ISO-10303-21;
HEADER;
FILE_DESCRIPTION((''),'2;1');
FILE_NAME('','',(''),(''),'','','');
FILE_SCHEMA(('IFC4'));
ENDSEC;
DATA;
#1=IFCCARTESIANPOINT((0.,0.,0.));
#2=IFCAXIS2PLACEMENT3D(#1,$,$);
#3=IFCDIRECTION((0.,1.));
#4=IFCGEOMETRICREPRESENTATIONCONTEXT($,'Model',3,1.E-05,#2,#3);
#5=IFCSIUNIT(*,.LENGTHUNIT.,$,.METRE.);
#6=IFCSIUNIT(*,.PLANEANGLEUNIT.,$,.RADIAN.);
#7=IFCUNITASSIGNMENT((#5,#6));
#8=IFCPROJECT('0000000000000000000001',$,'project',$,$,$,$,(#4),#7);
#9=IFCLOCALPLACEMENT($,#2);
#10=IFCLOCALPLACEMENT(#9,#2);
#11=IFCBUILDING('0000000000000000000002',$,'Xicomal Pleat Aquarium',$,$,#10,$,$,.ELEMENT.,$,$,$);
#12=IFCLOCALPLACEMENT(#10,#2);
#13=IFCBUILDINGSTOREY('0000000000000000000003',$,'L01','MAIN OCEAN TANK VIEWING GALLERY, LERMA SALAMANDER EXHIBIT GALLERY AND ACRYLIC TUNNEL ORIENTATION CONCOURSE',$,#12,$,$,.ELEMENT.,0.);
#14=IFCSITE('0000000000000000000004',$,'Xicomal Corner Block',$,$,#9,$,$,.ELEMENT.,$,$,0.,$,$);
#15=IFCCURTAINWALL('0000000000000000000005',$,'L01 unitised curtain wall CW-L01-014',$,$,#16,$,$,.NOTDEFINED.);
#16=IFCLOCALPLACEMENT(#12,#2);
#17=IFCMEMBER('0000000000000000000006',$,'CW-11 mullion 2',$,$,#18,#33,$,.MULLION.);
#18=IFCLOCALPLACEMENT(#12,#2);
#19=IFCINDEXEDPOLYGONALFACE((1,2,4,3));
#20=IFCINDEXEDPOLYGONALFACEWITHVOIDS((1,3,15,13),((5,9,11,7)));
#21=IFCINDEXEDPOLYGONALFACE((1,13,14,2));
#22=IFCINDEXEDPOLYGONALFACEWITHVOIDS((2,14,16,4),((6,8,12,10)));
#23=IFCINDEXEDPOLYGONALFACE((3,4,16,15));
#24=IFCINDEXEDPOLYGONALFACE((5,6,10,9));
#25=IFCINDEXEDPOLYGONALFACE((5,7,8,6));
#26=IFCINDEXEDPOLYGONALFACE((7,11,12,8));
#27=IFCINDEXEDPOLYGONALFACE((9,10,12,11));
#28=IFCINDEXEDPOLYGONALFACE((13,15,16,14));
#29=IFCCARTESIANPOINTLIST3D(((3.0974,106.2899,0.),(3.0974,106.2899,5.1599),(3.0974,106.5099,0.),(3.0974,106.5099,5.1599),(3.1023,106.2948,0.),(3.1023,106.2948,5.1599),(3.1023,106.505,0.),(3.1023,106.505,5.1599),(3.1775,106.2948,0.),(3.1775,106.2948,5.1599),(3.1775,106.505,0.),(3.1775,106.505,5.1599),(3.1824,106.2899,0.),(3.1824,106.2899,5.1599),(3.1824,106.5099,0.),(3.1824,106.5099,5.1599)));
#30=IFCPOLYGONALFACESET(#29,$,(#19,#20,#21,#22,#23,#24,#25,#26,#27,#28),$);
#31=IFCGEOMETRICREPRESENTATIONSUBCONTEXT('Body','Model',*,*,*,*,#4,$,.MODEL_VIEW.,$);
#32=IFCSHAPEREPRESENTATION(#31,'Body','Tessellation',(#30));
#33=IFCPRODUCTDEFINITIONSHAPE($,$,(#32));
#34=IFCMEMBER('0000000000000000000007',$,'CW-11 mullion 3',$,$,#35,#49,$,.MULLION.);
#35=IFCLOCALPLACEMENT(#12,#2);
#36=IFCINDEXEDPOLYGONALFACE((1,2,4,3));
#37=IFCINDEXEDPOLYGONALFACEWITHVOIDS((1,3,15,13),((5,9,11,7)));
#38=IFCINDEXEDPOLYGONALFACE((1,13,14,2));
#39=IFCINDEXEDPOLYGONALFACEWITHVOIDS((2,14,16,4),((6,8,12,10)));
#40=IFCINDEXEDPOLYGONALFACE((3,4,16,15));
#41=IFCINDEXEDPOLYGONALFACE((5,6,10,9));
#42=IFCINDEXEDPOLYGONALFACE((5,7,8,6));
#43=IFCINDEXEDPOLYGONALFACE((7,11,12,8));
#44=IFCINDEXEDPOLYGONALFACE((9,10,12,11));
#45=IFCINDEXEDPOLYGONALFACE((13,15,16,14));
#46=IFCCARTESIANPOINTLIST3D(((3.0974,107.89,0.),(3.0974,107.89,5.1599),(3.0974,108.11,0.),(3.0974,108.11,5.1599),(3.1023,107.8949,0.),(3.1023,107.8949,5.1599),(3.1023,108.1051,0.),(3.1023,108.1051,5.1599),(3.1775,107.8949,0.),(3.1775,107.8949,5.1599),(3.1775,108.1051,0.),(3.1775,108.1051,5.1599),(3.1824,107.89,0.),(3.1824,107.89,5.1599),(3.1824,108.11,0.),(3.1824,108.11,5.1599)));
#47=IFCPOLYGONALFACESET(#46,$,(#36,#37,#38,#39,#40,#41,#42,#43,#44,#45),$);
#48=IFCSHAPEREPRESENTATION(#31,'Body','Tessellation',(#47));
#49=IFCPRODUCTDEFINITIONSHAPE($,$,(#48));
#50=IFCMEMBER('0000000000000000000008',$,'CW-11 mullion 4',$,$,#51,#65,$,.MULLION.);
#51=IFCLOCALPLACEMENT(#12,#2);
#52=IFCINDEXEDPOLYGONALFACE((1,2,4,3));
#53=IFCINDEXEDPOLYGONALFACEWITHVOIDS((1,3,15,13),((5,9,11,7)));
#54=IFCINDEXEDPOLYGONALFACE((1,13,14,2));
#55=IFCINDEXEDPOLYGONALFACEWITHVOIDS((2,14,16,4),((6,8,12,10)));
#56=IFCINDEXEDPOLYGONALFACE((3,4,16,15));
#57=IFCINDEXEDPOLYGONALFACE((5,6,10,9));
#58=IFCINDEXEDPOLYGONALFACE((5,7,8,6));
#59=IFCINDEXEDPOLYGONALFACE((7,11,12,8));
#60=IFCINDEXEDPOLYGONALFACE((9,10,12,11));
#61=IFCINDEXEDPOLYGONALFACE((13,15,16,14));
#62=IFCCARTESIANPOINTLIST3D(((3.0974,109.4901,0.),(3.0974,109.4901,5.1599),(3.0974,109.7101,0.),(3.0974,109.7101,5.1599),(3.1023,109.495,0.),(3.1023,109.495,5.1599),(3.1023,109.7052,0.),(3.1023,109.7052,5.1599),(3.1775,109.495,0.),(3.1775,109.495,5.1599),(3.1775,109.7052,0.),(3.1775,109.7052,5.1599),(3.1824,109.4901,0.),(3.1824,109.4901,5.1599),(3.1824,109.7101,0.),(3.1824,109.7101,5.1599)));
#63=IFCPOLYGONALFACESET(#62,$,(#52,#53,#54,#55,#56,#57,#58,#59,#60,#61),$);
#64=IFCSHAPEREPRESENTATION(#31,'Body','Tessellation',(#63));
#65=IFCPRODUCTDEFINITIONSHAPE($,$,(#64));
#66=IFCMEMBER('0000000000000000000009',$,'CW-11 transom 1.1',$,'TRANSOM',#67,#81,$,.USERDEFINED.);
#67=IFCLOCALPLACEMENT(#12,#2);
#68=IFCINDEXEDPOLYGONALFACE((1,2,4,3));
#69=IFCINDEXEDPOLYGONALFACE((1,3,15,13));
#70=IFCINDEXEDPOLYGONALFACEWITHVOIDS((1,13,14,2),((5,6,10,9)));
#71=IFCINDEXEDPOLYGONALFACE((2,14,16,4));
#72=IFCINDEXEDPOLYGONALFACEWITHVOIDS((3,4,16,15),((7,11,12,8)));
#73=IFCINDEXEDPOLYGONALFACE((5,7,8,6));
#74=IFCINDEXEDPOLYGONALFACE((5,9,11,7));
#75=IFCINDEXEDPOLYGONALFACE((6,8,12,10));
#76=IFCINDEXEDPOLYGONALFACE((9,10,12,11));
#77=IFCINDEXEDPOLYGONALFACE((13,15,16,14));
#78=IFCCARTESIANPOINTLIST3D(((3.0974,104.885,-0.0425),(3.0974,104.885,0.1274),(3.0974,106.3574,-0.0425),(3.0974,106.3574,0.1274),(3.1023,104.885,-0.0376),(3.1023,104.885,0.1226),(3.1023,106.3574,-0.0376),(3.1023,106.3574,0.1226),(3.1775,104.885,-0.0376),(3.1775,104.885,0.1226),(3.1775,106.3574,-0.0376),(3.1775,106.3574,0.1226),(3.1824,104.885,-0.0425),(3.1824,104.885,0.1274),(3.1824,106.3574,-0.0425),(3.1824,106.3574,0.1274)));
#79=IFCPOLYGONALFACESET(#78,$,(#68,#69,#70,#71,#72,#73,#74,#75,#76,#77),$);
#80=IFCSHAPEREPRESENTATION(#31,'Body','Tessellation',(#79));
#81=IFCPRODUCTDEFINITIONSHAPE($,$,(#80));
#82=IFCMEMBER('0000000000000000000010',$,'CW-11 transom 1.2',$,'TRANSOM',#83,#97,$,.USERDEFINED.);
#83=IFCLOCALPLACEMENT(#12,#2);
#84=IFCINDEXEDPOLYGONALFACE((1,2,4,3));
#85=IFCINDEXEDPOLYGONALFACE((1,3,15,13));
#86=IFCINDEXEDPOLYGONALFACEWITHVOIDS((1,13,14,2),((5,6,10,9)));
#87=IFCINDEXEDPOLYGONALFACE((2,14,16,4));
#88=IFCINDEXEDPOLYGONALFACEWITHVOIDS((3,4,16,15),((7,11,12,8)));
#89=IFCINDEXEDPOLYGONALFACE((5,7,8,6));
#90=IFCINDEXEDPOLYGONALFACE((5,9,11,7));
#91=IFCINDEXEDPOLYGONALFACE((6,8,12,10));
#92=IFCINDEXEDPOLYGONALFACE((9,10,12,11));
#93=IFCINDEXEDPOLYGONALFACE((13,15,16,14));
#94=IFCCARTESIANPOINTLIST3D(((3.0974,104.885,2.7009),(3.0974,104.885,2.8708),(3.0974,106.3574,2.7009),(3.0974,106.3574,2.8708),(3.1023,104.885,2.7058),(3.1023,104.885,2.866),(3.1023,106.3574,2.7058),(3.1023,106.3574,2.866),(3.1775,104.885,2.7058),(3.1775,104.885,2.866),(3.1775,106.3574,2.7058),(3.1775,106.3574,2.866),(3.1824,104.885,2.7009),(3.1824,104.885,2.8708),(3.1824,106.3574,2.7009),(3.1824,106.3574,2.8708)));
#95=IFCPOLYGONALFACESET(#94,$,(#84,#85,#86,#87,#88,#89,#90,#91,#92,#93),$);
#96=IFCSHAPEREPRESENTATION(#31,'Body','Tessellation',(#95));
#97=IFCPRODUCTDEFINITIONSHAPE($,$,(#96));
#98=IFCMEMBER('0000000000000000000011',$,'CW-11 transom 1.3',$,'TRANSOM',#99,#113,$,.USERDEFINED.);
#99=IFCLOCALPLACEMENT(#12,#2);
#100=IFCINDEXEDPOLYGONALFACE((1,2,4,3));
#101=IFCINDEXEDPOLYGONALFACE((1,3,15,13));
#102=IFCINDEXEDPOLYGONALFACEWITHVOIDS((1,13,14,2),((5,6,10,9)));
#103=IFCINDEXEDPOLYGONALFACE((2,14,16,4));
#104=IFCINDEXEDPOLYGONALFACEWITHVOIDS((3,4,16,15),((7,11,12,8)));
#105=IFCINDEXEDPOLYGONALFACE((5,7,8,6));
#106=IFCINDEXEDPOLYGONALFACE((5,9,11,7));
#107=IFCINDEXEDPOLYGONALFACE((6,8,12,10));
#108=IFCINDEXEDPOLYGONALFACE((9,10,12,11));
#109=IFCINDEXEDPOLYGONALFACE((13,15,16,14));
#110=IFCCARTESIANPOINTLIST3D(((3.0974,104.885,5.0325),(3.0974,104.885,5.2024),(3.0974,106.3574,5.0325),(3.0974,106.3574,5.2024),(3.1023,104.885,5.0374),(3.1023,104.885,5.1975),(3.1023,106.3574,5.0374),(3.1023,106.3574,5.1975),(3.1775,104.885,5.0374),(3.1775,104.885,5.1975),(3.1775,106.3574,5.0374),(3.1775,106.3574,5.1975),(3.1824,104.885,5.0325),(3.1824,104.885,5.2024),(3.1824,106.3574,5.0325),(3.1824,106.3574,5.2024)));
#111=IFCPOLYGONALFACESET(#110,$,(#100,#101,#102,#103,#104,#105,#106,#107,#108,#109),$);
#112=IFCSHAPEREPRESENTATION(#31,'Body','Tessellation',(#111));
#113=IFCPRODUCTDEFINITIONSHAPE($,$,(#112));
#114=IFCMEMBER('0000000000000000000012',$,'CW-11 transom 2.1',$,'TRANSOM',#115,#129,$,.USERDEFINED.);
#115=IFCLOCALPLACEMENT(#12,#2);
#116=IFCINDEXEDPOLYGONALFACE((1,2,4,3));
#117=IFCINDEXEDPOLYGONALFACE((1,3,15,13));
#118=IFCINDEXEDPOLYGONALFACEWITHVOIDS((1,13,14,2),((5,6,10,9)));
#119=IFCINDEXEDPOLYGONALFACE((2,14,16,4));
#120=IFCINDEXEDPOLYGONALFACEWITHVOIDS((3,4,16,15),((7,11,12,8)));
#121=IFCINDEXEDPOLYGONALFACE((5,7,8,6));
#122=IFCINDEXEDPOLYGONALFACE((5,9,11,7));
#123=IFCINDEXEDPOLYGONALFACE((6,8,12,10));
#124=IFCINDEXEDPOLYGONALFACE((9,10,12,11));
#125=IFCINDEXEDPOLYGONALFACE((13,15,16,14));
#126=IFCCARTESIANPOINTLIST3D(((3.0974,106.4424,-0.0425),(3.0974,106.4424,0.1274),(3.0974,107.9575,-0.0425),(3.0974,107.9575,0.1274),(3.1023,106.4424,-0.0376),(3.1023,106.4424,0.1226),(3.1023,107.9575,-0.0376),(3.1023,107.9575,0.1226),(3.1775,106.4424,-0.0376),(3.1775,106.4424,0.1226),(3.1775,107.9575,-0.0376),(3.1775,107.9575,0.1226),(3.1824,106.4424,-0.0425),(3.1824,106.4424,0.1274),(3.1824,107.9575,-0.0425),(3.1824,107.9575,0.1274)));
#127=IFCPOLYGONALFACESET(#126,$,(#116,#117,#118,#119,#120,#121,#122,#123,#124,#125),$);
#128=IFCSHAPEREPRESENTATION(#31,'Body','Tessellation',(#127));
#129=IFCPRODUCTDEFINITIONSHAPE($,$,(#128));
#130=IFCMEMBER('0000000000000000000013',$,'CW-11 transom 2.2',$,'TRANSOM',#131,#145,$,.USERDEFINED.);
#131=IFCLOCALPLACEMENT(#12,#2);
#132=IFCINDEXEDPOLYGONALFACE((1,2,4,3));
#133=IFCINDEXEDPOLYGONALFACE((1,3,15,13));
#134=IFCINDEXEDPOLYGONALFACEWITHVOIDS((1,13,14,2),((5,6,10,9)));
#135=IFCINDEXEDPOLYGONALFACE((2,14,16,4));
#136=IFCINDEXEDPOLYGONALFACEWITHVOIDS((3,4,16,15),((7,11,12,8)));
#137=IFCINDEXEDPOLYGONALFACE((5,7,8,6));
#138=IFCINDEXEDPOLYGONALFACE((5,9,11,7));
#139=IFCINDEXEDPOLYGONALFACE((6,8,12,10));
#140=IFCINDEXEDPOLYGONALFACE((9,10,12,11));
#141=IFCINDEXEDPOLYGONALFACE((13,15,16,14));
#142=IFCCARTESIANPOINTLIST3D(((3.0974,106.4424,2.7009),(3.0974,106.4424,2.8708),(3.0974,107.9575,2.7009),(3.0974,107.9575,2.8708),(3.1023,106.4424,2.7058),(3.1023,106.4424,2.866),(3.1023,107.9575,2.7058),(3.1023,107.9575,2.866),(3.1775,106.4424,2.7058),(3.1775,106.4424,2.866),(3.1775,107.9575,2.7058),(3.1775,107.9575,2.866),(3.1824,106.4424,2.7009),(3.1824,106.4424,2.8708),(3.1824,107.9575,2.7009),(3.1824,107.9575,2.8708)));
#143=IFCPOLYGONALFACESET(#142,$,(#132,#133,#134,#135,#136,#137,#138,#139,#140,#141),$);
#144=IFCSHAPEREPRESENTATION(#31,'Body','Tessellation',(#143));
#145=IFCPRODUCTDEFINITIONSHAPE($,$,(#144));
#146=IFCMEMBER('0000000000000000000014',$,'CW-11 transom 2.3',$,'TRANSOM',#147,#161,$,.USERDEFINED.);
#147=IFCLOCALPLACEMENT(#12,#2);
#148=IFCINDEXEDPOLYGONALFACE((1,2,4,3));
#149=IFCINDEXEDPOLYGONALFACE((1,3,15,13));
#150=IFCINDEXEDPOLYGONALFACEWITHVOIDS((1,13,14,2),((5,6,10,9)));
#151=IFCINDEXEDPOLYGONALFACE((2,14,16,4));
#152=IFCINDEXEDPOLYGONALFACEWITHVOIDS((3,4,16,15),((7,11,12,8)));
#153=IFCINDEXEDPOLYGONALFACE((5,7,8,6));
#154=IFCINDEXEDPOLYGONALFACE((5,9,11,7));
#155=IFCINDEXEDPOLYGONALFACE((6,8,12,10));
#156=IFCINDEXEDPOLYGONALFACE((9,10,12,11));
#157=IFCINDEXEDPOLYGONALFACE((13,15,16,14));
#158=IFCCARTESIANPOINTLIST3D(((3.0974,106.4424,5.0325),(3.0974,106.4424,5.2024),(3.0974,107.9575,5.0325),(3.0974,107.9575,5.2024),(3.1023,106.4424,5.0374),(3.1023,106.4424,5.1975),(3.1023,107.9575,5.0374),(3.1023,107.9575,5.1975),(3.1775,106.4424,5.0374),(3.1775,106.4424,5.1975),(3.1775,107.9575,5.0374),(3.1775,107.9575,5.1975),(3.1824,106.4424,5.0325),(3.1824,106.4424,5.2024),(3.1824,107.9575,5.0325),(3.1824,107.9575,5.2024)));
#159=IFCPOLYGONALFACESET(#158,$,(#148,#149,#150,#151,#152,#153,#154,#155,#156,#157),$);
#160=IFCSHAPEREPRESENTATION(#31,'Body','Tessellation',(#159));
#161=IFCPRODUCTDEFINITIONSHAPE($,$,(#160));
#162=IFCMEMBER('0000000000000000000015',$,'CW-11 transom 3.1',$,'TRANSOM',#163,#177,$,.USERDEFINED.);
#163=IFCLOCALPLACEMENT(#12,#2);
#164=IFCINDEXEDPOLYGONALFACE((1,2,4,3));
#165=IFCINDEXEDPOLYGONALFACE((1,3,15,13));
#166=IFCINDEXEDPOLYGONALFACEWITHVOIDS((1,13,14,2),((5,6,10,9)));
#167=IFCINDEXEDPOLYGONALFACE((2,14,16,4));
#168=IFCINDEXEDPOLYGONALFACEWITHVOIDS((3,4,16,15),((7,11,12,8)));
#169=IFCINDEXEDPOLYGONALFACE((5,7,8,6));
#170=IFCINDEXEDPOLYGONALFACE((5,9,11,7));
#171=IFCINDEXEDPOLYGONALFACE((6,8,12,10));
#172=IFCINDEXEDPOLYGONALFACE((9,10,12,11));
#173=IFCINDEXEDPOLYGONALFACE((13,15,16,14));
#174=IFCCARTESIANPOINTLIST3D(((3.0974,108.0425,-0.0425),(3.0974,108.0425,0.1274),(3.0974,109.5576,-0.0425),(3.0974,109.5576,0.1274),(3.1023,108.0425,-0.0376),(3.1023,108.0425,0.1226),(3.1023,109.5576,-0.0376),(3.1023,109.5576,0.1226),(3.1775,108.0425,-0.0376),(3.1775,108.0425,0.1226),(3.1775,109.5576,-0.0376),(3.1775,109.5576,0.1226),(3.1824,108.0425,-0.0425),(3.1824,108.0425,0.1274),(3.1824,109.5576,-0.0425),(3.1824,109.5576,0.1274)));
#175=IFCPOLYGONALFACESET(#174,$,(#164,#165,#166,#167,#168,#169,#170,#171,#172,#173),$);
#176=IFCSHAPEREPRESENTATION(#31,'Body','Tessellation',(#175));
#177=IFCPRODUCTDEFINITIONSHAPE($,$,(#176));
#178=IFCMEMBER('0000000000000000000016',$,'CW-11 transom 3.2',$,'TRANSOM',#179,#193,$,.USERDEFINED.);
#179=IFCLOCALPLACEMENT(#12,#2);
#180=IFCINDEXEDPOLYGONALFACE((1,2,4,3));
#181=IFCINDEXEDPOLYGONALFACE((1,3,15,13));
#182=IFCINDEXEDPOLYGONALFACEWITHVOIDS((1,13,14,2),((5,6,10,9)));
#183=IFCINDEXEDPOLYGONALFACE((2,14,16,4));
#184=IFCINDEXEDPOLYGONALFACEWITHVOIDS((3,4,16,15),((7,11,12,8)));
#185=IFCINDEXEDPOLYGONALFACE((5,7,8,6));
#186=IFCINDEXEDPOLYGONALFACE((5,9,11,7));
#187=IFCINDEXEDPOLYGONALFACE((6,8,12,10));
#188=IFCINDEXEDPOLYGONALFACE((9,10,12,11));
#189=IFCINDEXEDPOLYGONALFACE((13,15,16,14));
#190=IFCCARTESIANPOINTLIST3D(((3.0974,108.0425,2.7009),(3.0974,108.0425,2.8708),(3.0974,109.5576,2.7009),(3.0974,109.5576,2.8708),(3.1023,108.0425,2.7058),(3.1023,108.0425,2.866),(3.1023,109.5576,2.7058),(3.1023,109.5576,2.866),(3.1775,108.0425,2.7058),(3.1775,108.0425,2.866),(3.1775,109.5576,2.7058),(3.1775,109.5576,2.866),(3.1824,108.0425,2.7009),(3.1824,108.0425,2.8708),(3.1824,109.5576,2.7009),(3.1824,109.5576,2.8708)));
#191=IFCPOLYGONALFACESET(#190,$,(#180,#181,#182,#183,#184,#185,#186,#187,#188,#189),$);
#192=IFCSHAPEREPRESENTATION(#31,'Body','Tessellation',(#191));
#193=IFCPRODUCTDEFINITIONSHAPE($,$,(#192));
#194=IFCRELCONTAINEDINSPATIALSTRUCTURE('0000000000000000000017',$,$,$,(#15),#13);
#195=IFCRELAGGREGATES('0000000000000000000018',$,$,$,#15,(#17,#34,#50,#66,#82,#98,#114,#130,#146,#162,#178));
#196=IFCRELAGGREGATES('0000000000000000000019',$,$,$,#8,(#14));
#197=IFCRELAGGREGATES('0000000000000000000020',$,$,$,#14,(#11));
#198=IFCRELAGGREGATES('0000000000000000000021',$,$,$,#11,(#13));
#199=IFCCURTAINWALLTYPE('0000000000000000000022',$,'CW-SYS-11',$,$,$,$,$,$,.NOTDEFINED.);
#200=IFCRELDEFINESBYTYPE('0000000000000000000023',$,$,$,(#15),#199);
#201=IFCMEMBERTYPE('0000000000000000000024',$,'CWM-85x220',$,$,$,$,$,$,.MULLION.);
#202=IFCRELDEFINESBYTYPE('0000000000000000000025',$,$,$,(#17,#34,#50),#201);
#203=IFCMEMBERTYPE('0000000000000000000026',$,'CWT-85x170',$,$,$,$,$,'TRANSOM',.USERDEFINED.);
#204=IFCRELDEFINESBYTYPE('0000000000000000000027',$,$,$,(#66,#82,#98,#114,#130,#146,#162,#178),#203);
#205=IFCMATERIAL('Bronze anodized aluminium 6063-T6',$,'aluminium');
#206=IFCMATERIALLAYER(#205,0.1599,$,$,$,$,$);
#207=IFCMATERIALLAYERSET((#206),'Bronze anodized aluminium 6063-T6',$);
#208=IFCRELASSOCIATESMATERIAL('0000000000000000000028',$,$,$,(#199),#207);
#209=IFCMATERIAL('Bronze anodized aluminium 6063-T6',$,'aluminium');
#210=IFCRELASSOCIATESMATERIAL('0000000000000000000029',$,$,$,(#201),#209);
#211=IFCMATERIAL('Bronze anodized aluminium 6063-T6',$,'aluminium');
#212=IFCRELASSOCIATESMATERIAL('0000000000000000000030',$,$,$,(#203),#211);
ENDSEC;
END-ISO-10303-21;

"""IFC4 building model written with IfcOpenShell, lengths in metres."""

from ifc_helpers import new_model, si_unit, direction, frame, origin, origin_2d, place, context, subcontext, project, spatial, hollow_rectangle, extrude, material, layer, layer_set, material_profile, profile_set, type_object, element, aggregate, save


model = new_model("IFC4")

# Units and contexts
model_context = context("Model", 3, precision=1e-05, world=origin(), true_north=direction((0.0, 1.0)))
body_context = subcontext(model_context, "Body", "Model", "MODEL_VIEW")
ifc_project = project(units=[si_unit("LENGTHUNIT", "METRE"), si_unit("PLANEANGLEUNIT", "RADIAN")], contexts=[model_context])

# Site, building, storey
site_placement = place(None, origin())
site = spatial("IfcSite", under=ifc_project, at=site_placement, Name="Xicomal Corner Block", CompositionType="ELEMENT", RefElevation=0.0)
building_placement = place(site_placement, origin())
building = spatial("IfcBuilding", under=site, at=building_placement, Name="Xicomal Pleat Aquarium", CompositionType="ELEMENT")
storey_placement = place(building_placement, origin())
storey = spatial("IfcBuildingStorey", under=building, at=storey_placement, Name="L01", Description="MAIN OCEAN TANK VIEWING GALLERY, LERMA SALAMANDER EXHIBIT GALLERY AND ACRYLIC TUNNEL ORIENTATION CONCOURSE", CompositionType="ELEMENT", Elevation=0.0)

# Curtain wall, members
ifc_material_1 = material(Name="Bronze anodized aluminium 6063-T6", Category="aluminium")
ifc_layer_1 = layer(ifc_material_1, 0.1599)
ifc_layer_set_1 = layer_set([ifc_layer_1], Name="Bronze anodized aluminium 6063-T6")
curtain_wall_type = type_object("IfcCurtainWallType", Name="CW-SYS-11", PredefinedType="NOTDEFINED", material=ifc_layer_set_1)
curtain_wall_placement = place(storey_placement, origin())
curtain_wall = element("IfcCurtainWall", 1, at=curtain_wall_placement, inside=storey, type_object=curtain_wall_type, Name="L01 unitised curtain wall CW-L01-014", PredefinedType="NOTDEFINED")
ifc_material_2 = material(Name="Bronze anodized aluminium 6063-T6", Category="aluminium")
ifc_material_profile_1 = material_profile(ifc_material_2, hollow_rectangle(XDim=0.085, YDim=0.22, WallThickness=0.0049, at=origin_2d()), Name="ALU MULL 85x220")
ifc_profile_set_1 = profile_set([ifc_material_profile_1], Name="Bronze anodized aluminium 6063-T6")
member_type_1 = type_object("IfcMemberType", Name="CWM-85x220", PredefinedType="MULLION", material=ifc_profile_set_1)
member_1_placement = place(storey_placement, frame((3.1399, 106.3999, 0.0), z_axis=(0.0, 0.0, 1.0), x_axis=(-1.0, 0.0, 0.0)))
member_1 = element("IfcMember", 2, at=member_1_placement, type_object=member_type_1, Name="CW-11 mullion 2", PredefinedType="MULLION", context=body_context, shape_type="SweptSolid", body=[
    extrude(hollow_rectangle(XDim=0.085, YDim=0.22, WallThickness=0.0049, at=origin_2d()), origin(), (0.0, 0.0, 1.0), 5.1599),
])
member_2_placement = place(storey_placement, frame((3.1399, 108.0, 0.0), z_axis=(0.0, 0.0, 1.0), x_axis=(-1.0, 0.0, 0.0)))
member_2 = element("IfcMember", 3, at=member_2_placement, type_object=member_type_1, Name="CW-11 mullion 3", PredefinedType="MULLION", context=body_context, shape_type="SweptSolid", body=[
    extrude(hollow_rectangle(XDim=0.085, YDim=0.22, WallThickness=0.0049, at=origin_2d()), origin(), (0.0, 0.0, 1.0), 5.1599),
])
member_3_placement = place(storey_placement, frame((3.1399, 109.6001, 0.0), z_axis=(0.0, 0.0, 1.0), x_axis=(-1.0, 0.0, 0.0)))
member_3 = element("IfcMember", 4, at=member_3_placement, type_object=member_type_1, Name="CW-11 mullion 4", PredefinedType="MULLION", context=body_context, shape_type="SweptSolid", body=[
    extrude(hollow_rectangle(XDim=0.085, YDim=0.22, WallThickness=0.0049, at=origin_2d()), origin(), (0.0, 0.0, 1.0), 5.1599),
])
ifc_material_3 = material(Name="Bronze anodized aluminium 6063-T6", Category="aluminium")
ifc_material_profile_2 = material_profile(ifc_material_3, hollow_rectangle(XDim=0.085, YDim=0.1699, WallThickness=0.0049, at=origin_2d()), Name="ALU TRAN 85x170")
ifc_profile_set_2 = profile_set([ifc_material_profile_2], Name="Bronze anodized aluminium 6063-T6")
member_type_2 = type_object("IfcMemberType", Name="CWT-85x170", ElementType="TRANSOM", PredefinedType="USERDEFINED", material=ifc_profile_set_2)
member_4_placement = place(storey_placement, frame((3.1399, 104.885, 0.0425), z_axis=(0.0, 1.0, 0.0), x_axis=(-1.0, 0.0, 0.0)))
member_4 = element("IfcMember", 5, at=member_4_placement, type_object=member_type_2, Name="CW-11 transom 1.1", ObjectType="TRANSOM", PredefinedType="USERDEFINED", context=body_context, shape_type="SweptSolid", body=[
    extrude(hollow_rectangle(XDim=0.085, YDim=0.1699, WallThickness=0.0049, at=origin_2d()), origin(), (0.0, 0.0, 1.0), 1.4724),
])
member_5_placement = place(storey_placement, frame((3.1399, 104.885, 2.7859), z_axis=(0.0, 1.0, 0.0), x_axis=(-1.0, 0.0, 0.0)))
member_5 = element("IfcMember", 6, at=member_5_placement, type_object=member_type_2, Name="CW-11 transom 1.2", ObjectType="TRANSOM", PredefinedType="USERDEFINED", context=body_context, shape_type="SweptSolid", body=[
    extrude(hollow_rectangle(XDim=0.085, YDim=0.1699, WallThickness=0.0049, at=origin_2d()), origin(), (0.0, 0.0, 1.0), 1.4724),
])
member_6_placement = place(storey_placement, frame((3.1399, 104.885, 5.1174), z_axis=(0.0, 1.0, 0.0), x_axis=(-1.0, 0.0, 0.0)))
member_6 = element("IfcMember", 7, at=member_6_placement, type_object=member_type_2, Name="CW-11 transom 1.3", ObjectType="TRANSOM", PredefinedType="USERDEFINED", context=body_context, shape_type="SweptSolid", body=[
    extrude(hollow_rectangle(XDim=0.085, YDim=0.1699, WallThickness=0.0049, at=origin_2d()), origin(), (0.0, 0.0, 1.0), 1.4724),
])
member_7_placement = place(storey_placement, frame((3.1399, 106.4424, 0.0425), z_axis=(0.0, 1.0, 0.0), x_axis=(-1.0, 0.0, 0.0)))
member_7 = element("IfcMember", 8, at=member_7_placement, type_object=member_type_2, Name="CW-11 transom 2.1", ObjectType="TRANSOM", PredefinedType="USERDEFINED", context=body_context, shape_type="SweptSolid", body=[
    extrude(hollow_rectangle(XDim=0.085, YDim=0.1699, WallThickness=0.0049, at=origin_2d()), origin(), (0.0, 0.0, 1.0), 1.5151),
])
member_8_placement = place(storey_placement, frame((3.1399, 106.4424, 2.7859), z_axis=(0.0, 1.0, 0.0), x_axis=(-1.0, 0.0, 0.0)))
member_8 = element("IfcMember", 9, at=member_8_placement, type_object=member_type_2, Name="CW-11 transom 2.2", ObjectType="TRANSOM", PredefinedType="USERDEFINED", context=body_context, shape_type="SweptSolid", body=[
    extrude(hollow_rectangle(XDim=0.085, YDim=0.1699, WallThickness=0.0049, at=origin_2d()), origin(), (0.0, 0.0, 1.0), 1.5151),
])
member_9_placement = place(storey_placement, frame((3.1399, 106.4424, 5.1174), z_axis=(0.0, 1.0, 0.0), x_axis=(-1.0, 0.0, 0.0)))
member_9 = element("IfcMember", 10, at=member_9_placement, type_object=member_type_2, Name="CW-11 transom 2.3", ObjectType="TRANSOM", PredefinedType="USERDEFINED", context=body_context, shape_type="SweptSolid", body=[
    extrude(hollow_rectangle(XDim=0.085, YDim=0.1699, WallThickness=0.0049, at=origin_2d()), origin(), (0.0, 0.0, 1.0), 1.5151),
])
member_10_placement = place(storey_placement, frame((3.1399, 108.0425, 0.0425), z_axis=(0.0, 1.0, 0.0), x_axis=(-1.0, 0.0, 0.0)))
member_10 = element("IfcMember", 11, at=member_10_placement, type_object=member_type_2, Name="CW-11 transom 3.1", ObjectType="TRANSOM", PredefinedType="USERDEFINED", context=body_context, shape_type="SweptSolid", body=[
    extrude(hollow_rectangle(XDim=0.085, YDim=0.1699, WallThickness=0.0049, at=origin_2d()), origin(), (0.0, 0.0, 1.0), 1.5151),
])
member_11_placement = place(storey_placement, frame((3.1399, 108.0425, 2.7859), z_axis=(0.0, 1.0, 0.0), x_axis=(-1.0, 0.0, 0.0)))
member_11 = element("IfcMember", 12, at=member_11_placement, type_object=member_type_2, Name="CW-11 transom 3.2", ObjectType="TRANSOM", PredefinedType="USERDEFINED", context=body_context, shape_type="SweptSolid", body=[
    extrude(hollow_rectangle(XDim=0.085, YDim=0.1699, WallThickness=0.0049, at=origin_2d()), origin(), (0.0, 0.0, 1.0), 1.5151),
])
aggregate(curtain_wall, [member_1, member_2, member_3, member_4, member_5, member_6, member_7, member_8, member_9, member_10, member_11])

save(model, "model.ifc")
